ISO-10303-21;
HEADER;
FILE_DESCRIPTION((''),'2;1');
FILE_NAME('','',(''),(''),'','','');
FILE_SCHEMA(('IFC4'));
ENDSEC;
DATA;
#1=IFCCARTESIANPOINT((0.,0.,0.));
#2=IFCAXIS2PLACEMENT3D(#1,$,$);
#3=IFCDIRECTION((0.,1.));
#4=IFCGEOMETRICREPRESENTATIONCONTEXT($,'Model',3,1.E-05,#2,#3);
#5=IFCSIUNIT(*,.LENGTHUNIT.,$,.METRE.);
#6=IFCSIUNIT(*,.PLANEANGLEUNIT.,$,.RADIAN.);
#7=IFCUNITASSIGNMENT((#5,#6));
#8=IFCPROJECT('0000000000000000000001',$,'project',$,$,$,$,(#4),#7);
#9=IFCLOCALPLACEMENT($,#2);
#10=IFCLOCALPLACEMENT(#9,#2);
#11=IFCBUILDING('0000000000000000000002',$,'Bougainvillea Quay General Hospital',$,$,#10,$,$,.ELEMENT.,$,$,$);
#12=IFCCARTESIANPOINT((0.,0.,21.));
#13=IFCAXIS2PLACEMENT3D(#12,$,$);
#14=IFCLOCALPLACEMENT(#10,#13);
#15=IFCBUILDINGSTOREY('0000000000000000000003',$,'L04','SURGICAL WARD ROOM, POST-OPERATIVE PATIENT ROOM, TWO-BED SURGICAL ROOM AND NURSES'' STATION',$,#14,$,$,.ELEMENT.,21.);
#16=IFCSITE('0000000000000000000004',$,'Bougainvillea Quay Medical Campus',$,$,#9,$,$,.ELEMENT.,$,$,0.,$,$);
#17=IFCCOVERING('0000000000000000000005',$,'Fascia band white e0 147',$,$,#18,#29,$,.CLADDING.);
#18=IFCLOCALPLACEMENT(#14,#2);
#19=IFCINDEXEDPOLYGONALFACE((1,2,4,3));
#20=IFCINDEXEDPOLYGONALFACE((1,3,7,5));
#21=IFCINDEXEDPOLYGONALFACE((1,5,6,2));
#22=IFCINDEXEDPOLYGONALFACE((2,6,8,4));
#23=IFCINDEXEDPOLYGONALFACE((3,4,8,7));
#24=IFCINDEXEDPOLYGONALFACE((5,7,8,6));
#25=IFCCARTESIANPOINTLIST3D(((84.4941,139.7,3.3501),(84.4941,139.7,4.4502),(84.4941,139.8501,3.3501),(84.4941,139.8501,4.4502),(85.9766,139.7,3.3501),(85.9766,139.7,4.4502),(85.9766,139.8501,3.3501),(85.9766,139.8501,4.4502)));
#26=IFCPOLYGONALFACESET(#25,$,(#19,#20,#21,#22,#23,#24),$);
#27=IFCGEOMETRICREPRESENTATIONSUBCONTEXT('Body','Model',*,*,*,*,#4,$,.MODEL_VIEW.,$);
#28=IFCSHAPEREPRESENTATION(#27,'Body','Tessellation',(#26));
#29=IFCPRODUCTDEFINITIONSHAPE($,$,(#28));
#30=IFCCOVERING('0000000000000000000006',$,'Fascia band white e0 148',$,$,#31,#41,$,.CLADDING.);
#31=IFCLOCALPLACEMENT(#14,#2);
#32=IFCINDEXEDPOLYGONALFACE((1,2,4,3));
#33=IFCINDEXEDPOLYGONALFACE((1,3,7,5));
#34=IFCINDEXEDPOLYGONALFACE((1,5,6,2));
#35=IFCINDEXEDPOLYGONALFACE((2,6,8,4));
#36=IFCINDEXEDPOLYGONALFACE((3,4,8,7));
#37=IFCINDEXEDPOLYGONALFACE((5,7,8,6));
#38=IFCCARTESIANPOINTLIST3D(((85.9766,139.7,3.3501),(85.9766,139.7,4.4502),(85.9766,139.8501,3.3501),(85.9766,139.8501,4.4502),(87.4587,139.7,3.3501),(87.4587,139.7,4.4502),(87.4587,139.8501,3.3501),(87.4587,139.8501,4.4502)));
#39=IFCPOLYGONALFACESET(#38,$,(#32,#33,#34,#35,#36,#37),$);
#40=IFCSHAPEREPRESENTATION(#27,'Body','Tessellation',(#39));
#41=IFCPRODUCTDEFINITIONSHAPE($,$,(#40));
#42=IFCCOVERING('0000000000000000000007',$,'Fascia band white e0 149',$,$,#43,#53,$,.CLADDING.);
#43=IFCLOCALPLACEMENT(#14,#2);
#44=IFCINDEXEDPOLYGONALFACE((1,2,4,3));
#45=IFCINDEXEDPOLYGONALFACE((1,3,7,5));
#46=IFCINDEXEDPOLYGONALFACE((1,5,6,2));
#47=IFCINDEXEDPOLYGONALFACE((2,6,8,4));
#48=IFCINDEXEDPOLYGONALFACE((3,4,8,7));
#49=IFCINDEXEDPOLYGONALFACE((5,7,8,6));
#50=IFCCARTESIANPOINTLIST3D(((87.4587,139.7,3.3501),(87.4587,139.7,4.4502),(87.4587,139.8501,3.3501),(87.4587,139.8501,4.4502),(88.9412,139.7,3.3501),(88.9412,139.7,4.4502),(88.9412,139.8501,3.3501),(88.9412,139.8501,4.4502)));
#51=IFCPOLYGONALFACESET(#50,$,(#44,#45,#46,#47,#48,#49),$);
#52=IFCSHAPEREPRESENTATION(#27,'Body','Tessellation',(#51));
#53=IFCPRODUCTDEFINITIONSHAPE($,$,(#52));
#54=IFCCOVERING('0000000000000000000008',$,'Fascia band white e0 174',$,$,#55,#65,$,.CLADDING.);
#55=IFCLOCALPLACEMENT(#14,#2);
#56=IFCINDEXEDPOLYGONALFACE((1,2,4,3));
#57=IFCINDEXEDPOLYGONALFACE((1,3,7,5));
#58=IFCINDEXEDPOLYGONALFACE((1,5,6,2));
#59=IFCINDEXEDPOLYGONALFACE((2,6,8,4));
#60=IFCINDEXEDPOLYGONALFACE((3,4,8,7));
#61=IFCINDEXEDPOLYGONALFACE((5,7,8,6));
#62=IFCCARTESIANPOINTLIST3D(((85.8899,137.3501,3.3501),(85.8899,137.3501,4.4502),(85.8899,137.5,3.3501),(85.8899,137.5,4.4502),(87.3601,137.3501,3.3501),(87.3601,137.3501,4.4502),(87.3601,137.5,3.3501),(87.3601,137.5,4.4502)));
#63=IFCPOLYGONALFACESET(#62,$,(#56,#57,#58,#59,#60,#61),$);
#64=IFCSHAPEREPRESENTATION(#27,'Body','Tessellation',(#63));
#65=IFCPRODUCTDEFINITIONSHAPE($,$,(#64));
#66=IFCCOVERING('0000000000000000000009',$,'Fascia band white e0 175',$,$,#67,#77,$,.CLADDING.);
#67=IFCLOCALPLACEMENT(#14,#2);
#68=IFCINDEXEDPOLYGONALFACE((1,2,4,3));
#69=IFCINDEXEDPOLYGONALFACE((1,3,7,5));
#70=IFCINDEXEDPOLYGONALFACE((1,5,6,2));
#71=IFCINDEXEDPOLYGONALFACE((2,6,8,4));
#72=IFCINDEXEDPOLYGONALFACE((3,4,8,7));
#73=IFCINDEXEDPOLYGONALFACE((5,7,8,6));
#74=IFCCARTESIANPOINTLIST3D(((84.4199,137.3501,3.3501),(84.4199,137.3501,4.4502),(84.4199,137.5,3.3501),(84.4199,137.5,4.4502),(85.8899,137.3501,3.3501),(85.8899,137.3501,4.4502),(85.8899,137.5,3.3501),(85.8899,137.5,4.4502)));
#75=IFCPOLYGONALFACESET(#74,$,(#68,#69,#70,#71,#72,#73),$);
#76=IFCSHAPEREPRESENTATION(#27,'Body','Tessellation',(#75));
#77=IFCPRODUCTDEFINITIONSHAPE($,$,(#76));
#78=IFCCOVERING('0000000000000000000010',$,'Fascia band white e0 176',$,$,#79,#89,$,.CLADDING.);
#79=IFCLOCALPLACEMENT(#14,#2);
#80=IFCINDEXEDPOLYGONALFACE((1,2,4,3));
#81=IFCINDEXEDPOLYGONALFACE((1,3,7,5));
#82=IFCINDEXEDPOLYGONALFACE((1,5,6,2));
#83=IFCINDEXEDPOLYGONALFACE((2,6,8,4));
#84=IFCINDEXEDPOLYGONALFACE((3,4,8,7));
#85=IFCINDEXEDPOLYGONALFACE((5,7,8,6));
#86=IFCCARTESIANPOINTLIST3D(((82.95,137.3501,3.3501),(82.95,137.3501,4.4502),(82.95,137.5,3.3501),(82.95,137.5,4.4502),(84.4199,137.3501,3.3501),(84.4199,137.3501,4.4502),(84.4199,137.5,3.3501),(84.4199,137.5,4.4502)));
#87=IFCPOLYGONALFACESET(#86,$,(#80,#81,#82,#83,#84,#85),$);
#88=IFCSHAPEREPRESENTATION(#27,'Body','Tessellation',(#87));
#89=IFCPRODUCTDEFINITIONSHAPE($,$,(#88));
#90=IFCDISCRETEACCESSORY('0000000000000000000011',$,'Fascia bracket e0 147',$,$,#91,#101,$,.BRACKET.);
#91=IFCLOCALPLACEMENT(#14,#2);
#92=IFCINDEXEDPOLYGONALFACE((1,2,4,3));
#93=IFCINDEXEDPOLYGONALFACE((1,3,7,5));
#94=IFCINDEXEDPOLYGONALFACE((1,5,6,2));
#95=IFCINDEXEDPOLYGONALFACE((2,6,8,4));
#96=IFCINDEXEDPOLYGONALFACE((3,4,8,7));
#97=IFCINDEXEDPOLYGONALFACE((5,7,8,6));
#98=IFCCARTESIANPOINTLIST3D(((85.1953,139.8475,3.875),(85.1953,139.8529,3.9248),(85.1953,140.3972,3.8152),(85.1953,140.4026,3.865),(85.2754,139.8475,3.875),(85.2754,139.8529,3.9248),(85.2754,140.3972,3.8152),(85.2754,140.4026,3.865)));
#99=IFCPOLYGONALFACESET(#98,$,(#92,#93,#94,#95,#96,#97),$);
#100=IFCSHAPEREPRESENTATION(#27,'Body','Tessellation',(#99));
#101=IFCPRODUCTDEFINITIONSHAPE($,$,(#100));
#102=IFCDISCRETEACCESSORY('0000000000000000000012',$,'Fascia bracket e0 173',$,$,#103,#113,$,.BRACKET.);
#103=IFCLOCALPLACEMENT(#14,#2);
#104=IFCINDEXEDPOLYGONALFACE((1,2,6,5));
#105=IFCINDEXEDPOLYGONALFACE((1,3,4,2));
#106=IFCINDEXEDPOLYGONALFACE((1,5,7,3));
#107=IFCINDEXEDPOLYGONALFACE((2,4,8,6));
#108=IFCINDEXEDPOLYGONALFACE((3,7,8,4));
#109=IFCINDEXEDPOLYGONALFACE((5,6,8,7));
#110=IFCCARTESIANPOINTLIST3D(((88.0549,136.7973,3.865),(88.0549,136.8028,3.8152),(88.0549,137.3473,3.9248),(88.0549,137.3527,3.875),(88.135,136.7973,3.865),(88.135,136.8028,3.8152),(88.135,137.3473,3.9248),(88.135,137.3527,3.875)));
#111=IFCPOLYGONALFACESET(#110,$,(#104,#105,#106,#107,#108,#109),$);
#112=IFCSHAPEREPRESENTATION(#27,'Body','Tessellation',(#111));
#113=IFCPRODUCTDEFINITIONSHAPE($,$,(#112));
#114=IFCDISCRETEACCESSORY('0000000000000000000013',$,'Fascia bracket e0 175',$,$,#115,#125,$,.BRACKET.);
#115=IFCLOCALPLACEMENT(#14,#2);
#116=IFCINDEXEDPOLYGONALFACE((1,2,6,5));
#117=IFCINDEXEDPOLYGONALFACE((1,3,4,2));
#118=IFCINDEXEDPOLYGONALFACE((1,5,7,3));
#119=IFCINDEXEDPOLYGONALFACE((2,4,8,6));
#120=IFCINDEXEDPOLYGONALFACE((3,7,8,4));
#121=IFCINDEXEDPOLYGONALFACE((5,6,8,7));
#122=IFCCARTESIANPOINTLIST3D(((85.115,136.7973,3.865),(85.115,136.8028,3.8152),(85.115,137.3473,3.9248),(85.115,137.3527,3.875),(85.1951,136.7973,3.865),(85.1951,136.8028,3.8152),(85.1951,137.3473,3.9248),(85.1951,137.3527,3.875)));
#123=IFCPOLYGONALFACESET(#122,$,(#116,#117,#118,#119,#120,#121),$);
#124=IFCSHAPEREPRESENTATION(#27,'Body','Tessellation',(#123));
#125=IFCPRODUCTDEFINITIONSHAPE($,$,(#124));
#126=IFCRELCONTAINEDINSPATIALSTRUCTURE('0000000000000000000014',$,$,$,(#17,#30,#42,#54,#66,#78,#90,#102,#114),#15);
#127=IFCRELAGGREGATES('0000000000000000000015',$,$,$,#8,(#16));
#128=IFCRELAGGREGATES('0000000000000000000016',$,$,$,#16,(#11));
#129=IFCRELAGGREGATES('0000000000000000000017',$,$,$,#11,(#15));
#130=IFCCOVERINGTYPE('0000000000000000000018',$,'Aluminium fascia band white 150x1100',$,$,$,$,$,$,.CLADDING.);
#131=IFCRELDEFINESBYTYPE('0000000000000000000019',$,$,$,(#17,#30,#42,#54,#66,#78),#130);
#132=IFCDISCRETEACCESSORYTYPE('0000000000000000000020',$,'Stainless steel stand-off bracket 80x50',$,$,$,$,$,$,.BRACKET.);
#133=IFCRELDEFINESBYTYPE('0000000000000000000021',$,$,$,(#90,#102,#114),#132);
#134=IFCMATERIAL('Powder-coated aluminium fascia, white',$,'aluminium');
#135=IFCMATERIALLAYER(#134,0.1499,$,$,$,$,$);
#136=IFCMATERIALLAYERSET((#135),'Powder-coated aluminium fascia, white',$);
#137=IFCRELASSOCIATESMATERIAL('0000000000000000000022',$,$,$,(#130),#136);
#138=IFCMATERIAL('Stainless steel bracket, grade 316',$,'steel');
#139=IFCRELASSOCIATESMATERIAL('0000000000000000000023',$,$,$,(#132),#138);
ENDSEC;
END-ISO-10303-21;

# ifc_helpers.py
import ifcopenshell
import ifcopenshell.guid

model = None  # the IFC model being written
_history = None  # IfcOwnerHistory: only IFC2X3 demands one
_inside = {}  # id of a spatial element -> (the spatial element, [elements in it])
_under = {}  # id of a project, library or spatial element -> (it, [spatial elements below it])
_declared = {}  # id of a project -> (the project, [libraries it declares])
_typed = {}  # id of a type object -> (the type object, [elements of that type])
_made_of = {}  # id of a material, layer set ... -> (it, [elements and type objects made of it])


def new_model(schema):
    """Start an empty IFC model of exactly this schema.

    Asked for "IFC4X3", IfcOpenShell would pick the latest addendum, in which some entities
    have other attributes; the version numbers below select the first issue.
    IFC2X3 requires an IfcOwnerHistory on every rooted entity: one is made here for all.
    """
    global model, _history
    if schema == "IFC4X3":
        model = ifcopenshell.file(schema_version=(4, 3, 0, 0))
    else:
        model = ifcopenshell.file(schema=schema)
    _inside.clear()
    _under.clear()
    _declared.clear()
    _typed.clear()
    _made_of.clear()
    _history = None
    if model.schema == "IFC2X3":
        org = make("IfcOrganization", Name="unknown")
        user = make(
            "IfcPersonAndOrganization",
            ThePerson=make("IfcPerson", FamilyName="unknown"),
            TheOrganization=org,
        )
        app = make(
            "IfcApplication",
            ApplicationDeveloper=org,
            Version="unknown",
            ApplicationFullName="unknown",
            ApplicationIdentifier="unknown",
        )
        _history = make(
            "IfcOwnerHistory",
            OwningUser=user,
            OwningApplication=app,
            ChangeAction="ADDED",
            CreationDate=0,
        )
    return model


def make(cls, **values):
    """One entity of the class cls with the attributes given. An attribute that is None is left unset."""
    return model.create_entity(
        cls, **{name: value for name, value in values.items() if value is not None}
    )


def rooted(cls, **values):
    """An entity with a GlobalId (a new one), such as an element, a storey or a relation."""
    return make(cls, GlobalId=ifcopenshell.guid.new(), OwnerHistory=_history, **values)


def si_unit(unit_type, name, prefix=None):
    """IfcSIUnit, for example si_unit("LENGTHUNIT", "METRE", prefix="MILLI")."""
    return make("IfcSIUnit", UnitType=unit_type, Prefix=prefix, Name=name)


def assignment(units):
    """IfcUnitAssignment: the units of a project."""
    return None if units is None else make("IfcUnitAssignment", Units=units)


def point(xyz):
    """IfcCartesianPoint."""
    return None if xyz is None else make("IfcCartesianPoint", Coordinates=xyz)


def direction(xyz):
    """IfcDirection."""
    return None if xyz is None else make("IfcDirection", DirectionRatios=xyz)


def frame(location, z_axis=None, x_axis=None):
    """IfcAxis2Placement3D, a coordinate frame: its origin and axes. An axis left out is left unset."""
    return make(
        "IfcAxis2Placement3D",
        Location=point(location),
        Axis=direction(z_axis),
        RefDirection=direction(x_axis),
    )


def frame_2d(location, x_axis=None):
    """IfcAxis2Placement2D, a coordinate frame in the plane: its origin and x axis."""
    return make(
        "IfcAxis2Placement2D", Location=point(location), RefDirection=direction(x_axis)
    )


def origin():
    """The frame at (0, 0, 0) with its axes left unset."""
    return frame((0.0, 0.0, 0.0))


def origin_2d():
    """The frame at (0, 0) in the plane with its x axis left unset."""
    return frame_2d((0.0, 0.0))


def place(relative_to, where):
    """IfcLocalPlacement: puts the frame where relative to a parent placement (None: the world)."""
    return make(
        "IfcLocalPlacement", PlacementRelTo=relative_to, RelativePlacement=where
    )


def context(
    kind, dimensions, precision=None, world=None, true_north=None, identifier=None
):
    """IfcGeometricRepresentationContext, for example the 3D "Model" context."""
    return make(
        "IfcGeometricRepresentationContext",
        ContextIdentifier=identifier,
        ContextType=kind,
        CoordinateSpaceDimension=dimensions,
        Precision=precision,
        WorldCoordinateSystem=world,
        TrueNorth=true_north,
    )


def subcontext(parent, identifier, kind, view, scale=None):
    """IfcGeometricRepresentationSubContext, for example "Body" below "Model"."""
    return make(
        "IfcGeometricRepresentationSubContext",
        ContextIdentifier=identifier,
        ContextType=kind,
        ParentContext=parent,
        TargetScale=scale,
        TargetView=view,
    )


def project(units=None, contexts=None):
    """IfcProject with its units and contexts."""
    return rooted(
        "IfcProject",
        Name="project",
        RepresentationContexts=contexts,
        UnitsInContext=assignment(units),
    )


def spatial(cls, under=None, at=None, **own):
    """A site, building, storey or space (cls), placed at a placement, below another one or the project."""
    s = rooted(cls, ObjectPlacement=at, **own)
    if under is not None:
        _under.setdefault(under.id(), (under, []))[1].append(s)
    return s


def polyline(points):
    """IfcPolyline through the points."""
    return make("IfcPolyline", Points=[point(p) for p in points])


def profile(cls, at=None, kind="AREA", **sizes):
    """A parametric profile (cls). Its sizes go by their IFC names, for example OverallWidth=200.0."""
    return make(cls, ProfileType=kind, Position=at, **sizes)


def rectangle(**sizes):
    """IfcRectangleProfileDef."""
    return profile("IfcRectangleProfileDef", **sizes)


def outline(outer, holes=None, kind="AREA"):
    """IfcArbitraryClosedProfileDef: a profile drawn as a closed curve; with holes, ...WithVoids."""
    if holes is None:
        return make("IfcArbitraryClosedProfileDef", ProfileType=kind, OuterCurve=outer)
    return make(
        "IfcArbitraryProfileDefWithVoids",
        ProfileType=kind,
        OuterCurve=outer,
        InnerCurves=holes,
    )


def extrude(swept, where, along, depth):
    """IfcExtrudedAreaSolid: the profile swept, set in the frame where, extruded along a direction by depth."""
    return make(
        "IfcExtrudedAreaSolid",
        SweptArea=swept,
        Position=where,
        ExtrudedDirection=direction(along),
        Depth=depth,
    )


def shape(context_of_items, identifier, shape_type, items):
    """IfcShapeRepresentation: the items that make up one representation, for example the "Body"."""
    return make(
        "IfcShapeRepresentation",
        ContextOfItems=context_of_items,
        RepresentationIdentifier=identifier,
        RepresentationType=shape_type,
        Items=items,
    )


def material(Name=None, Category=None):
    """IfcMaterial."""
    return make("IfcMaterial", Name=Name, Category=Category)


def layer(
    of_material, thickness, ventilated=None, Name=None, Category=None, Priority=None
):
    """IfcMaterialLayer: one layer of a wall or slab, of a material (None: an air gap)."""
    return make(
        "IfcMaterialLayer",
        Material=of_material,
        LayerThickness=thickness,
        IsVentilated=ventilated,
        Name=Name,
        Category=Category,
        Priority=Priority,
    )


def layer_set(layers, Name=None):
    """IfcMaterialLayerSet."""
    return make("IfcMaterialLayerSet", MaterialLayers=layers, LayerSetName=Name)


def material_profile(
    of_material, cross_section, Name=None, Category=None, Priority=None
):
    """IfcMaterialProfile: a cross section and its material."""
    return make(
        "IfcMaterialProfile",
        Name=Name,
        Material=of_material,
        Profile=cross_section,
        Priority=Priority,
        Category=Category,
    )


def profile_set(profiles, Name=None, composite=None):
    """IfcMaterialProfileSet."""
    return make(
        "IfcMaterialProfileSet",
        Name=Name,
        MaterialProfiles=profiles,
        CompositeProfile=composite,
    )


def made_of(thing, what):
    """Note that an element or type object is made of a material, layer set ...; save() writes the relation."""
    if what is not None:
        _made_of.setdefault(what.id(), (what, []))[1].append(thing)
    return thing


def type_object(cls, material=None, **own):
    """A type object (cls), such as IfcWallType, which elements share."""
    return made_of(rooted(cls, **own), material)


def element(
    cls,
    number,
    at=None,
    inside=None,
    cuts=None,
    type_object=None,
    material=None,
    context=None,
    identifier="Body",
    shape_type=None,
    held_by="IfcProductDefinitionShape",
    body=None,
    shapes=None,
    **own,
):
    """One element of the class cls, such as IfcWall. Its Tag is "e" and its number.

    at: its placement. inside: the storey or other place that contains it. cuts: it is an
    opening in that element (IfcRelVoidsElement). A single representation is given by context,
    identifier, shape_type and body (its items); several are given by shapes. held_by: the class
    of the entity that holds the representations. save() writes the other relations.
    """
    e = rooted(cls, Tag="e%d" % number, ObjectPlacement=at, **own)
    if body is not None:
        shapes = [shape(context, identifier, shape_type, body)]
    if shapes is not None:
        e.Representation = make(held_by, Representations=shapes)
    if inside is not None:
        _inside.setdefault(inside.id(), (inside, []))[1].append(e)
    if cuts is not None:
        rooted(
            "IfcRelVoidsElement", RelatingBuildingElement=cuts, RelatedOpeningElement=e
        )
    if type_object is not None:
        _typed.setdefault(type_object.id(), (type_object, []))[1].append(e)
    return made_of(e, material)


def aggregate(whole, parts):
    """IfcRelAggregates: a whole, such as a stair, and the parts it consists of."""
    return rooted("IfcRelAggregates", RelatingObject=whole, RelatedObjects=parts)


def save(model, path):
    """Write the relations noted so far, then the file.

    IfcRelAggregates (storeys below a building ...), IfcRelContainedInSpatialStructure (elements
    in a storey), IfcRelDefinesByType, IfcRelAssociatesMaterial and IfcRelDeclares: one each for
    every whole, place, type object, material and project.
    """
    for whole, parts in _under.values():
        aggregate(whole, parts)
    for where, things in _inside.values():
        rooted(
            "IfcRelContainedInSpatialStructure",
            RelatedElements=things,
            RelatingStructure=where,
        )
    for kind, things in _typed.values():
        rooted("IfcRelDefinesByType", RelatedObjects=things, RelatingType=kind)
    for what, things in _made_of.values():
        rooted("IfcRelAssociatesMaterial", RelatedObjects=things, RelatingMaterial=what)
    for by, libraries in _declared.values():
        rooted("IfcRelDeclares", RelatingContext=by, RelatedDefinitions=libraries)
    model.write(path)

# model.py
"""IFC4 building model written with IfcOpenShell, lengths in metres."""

from ifc_helpers import new_model, si_unit, direction, frame, origin, origin_2d, place, context, subcontext, project, spatial, polyline, rectangle, outline, extrude, material, layer, layer_set, material_profile, profile_set, type_object, element, save


model = new_model("IFC4")

# Units and contexts
model_context = context("Model", 3, precision=1e-05, world=origin(), true_north=direction((0.0, 1.0)))
body_context = subcontext(model_context, "Body", "Model", "MODEL_VIEW")
ifc_project = project(units=[si_unit("LENGTHUNIT", "METRE"), si_unit("PLANEANGLEUNIT", "RADIAN")], contexts=[model_context])

# Site, building, storey
site_placement = place(None, origin())
site = spatial("IfcSite", under=ifc_project, at=site_placement, Name="Bougainvillea Quay Medical Campus", CompositionType="ELEMENT", RefElevation=0.0)
building_placement = place(site_placement, origin())
building = spatial("IfcBuilding", under=site, at=building_placement, Name="Bougainvillea Quay General Hospital", CompositionType="ELEMENT")
storey_placement = place(building_placement, frame((0.0, 0.0, 21.0)))
storey = spatial("IfcBuildingStorey", under=building, at=storey_placement, Name="L04", Description="SURGICAL WARD ROOM, POST-OPERATIVE PATIENT ROOM, TWO-BED SURGICAL ROOM AND NURSES' STATION", CompositionType="ELEMENT", Elevation=21.0)

# Coverings
ifc_material_1 = material(Name="Powder-coated aluminium fascia, white", Category="aluminium")
ifc_layer_1 = layer(ifc_material_1, 0.1499)
ifc_layer_set_1 = layer_set([ifc_layer_1], Name="Powder-coated aluminium fascia, white")
covering_type = type_object("IfcCoveringType", Name="Aluminium fascia band white 150x1100", PredefinedType="CLADDING", material=ifc_layer_set_1)
covering_1_placement = place(storey_placement, frame((84.4941, 139.8501, 3.3501), z_axis=(0.0, 0.0, 1.0), x_axis=(1.0, 0.0, 0.0)))
element("IfcCovering", 1, at=covering_1_placement, inside=storey, type_object=covering_type, Name="Fascia band white e0 147", PredefinedType="CLADDING", context=body_context, shape_type="SweptSolid", body=[
    extrude(outline(polyline([(0.0, 0.0), (1.4824, 0.0), (1.4824, -0.1501), (0.0, -0.1501), (0.0, 0.0)])), origin(), (0.0, 0.0, 1.0), 1.1001),
])
covering_2_placement = place(storey_placement, frame((85.9766, 139.8501, 3.3501), z_axis=(0.0, 0.0, 1.0), x_axis=(1.0, 0.0, 0.0)))
element("IfcCovering", 2, at=covering_2_placement, inside=storey, type_object=covering_type, Name="Fascia band white e0 148", PredefinedType="CLADDING", context=body_context, shape_type="SweptSolid", body=[
    extrude(outline(polyline([(0.0, 0.0), (1.4822, 0.0), (1.4822, -0.1501), (0.0, -0.1501), (0.0, 0.0)])), origin(), (0.0, 0.0, 1.0), 1.1001),
])
covering_3_placement = place(storey_placement, frame((87.4587, 139.8501, 3.3501), z_axis=(0.0, 0.0, 1.0), x_axis=(1.0, 0.0, 0.0)))
element("IfcCovering", 3, at=covering_3_placement, inside=storey, type_object=covering_type, Name="Fascia band white e0 149", PredefinedType="CLADDING", context=body_context, shape_type="SweptSolid", body=[
    extrude(outline(polyline([(0.0, 0.0), (1.4824, 0.0), (1.4824, -0.1501), (0.0, -0.1501), (0.0, 0.0)])), origin(), (0.0, 0.0, 1.0), 1.1001),
])
covering_4_placement = place(storey_placement, frame((87.3601, 137.3501, 3.3501), z_axis=(0.0, 0.0, 1.0), x_axis=(-1.0, 0.0, 0.0)))
element("IfcCovering", 4, at=covering_4_placement, inside=storey, type_object=covering_type, Name="Fascia band white e0 174", PredefinedType="CLADDING", context=body_context, shape_type="SweptSolid", body=[
    extrude(outline(polyline([(0.0, 0.0), (1.4702, 0.0), (1.4702, -0.1499), (0.0, -0.1499), (0.0, 0.0)])), origin(), (0.0, 0.0, 1.0), 1.1001),
])
for number, where, z_axis, x_axis, name in (
    (5, (85.8899, 137.3501, 3.3501), (0.0, 0.0, 1.0), (-1.0, 0.0, 0.0), "Fascia band white e0 175"),
    (6, (84.4199, 137.3501, 3.3501), (0.0, 0.0, 1.0), (-1.0, 0.0, 0.0), "Fascia band white e0 176"),
):
    element("IfcCovering", number, at=place(storey_placement, frame(where, z_axis=z_axis, x_axis=x_axis)), inside=storey, type_object=covering_type, Name=name, PredefinedType="CLADDING", context=body_context, shape_type="SweptSolid", body=[
        extrude(outline(polyline([(0.0, 0.0), (1.47, 0.0), (1.47, -0.1499), (0.0, -0.1499), (0.0, 0.0)])), origin(), (0.0, 0.0, 1.0), 1.1001),
    ])

# Discrete accessories
ifc_material_2 = material(Name="Stainless steel bracket, grade 316", Category="steel")
ifc_material_profile_1 = material_profile(ifc_material_2, rectangle(XDim=0.0801, YDim=0.05, at=origin_2d()))
ifc_profile_set_1 = profile_set([ifc_material_profile_1], Name="Stainless steel bracket, grade 316")
discrete_accessory_type = type_object("IfcDiscreteAccessoryType", Name="Stainless steel stand-off bracket 80x50", PredefinedType="BRACKET", material=ifc_profile_set_1)
discrete_accessory_placement = place(storey_placement, frame((85.2354, 140.3999, 3.8401), z_axis=(0.0, -0.994134, 0.108154), x_axis=(1.0, 0.0, 0.0)))
element("IfcDiscreteAccessory", 7, at=discrete_accessory_placement, inside=storey, type_object=discrete_accessory_type, Name="Fascia bracket e0 147", PredefinedType="BRACKET", context=body_context, shape_type="SweptSolid", body=[
    extrude(rectangle(XDim=0.0801, YDim=0.05, at=origin_2d()), origin(), (0.0, 0.0, 1.0), 0.553),
])
for number, where, z_axis, x_axis, name in (
    (8, (88.095, 136.8, 3.8401), (0.0, 0.994139, 0.108107), (-1.0, 0.0, 0.0), "Fascia bracket e0 173"),
    (9, (85.155, 136.8, 3.8401), (0.0, 0.994139, 0.108107), (-1.0, 0.0, 0.0), "Fascia bracket e0 175"),
):
    element("IfcDiscreteAccessory", number, at=place(storey_placement, frame(where, z_axis=z_axis, x_axis=x_axis)), inside=storey, type_object=discrete_accessory_type, Name=name, PredefinedType="BRACKET", context=body_context, shape_type="SweptSolid", body=[
        extrude(rectangle(XDim=0.0801, YDim=0.05, at=origin_2d()), origin(), (0.0, 0.0, 1.0), 0.5532),
    ])

save(model, "model.ifc")
